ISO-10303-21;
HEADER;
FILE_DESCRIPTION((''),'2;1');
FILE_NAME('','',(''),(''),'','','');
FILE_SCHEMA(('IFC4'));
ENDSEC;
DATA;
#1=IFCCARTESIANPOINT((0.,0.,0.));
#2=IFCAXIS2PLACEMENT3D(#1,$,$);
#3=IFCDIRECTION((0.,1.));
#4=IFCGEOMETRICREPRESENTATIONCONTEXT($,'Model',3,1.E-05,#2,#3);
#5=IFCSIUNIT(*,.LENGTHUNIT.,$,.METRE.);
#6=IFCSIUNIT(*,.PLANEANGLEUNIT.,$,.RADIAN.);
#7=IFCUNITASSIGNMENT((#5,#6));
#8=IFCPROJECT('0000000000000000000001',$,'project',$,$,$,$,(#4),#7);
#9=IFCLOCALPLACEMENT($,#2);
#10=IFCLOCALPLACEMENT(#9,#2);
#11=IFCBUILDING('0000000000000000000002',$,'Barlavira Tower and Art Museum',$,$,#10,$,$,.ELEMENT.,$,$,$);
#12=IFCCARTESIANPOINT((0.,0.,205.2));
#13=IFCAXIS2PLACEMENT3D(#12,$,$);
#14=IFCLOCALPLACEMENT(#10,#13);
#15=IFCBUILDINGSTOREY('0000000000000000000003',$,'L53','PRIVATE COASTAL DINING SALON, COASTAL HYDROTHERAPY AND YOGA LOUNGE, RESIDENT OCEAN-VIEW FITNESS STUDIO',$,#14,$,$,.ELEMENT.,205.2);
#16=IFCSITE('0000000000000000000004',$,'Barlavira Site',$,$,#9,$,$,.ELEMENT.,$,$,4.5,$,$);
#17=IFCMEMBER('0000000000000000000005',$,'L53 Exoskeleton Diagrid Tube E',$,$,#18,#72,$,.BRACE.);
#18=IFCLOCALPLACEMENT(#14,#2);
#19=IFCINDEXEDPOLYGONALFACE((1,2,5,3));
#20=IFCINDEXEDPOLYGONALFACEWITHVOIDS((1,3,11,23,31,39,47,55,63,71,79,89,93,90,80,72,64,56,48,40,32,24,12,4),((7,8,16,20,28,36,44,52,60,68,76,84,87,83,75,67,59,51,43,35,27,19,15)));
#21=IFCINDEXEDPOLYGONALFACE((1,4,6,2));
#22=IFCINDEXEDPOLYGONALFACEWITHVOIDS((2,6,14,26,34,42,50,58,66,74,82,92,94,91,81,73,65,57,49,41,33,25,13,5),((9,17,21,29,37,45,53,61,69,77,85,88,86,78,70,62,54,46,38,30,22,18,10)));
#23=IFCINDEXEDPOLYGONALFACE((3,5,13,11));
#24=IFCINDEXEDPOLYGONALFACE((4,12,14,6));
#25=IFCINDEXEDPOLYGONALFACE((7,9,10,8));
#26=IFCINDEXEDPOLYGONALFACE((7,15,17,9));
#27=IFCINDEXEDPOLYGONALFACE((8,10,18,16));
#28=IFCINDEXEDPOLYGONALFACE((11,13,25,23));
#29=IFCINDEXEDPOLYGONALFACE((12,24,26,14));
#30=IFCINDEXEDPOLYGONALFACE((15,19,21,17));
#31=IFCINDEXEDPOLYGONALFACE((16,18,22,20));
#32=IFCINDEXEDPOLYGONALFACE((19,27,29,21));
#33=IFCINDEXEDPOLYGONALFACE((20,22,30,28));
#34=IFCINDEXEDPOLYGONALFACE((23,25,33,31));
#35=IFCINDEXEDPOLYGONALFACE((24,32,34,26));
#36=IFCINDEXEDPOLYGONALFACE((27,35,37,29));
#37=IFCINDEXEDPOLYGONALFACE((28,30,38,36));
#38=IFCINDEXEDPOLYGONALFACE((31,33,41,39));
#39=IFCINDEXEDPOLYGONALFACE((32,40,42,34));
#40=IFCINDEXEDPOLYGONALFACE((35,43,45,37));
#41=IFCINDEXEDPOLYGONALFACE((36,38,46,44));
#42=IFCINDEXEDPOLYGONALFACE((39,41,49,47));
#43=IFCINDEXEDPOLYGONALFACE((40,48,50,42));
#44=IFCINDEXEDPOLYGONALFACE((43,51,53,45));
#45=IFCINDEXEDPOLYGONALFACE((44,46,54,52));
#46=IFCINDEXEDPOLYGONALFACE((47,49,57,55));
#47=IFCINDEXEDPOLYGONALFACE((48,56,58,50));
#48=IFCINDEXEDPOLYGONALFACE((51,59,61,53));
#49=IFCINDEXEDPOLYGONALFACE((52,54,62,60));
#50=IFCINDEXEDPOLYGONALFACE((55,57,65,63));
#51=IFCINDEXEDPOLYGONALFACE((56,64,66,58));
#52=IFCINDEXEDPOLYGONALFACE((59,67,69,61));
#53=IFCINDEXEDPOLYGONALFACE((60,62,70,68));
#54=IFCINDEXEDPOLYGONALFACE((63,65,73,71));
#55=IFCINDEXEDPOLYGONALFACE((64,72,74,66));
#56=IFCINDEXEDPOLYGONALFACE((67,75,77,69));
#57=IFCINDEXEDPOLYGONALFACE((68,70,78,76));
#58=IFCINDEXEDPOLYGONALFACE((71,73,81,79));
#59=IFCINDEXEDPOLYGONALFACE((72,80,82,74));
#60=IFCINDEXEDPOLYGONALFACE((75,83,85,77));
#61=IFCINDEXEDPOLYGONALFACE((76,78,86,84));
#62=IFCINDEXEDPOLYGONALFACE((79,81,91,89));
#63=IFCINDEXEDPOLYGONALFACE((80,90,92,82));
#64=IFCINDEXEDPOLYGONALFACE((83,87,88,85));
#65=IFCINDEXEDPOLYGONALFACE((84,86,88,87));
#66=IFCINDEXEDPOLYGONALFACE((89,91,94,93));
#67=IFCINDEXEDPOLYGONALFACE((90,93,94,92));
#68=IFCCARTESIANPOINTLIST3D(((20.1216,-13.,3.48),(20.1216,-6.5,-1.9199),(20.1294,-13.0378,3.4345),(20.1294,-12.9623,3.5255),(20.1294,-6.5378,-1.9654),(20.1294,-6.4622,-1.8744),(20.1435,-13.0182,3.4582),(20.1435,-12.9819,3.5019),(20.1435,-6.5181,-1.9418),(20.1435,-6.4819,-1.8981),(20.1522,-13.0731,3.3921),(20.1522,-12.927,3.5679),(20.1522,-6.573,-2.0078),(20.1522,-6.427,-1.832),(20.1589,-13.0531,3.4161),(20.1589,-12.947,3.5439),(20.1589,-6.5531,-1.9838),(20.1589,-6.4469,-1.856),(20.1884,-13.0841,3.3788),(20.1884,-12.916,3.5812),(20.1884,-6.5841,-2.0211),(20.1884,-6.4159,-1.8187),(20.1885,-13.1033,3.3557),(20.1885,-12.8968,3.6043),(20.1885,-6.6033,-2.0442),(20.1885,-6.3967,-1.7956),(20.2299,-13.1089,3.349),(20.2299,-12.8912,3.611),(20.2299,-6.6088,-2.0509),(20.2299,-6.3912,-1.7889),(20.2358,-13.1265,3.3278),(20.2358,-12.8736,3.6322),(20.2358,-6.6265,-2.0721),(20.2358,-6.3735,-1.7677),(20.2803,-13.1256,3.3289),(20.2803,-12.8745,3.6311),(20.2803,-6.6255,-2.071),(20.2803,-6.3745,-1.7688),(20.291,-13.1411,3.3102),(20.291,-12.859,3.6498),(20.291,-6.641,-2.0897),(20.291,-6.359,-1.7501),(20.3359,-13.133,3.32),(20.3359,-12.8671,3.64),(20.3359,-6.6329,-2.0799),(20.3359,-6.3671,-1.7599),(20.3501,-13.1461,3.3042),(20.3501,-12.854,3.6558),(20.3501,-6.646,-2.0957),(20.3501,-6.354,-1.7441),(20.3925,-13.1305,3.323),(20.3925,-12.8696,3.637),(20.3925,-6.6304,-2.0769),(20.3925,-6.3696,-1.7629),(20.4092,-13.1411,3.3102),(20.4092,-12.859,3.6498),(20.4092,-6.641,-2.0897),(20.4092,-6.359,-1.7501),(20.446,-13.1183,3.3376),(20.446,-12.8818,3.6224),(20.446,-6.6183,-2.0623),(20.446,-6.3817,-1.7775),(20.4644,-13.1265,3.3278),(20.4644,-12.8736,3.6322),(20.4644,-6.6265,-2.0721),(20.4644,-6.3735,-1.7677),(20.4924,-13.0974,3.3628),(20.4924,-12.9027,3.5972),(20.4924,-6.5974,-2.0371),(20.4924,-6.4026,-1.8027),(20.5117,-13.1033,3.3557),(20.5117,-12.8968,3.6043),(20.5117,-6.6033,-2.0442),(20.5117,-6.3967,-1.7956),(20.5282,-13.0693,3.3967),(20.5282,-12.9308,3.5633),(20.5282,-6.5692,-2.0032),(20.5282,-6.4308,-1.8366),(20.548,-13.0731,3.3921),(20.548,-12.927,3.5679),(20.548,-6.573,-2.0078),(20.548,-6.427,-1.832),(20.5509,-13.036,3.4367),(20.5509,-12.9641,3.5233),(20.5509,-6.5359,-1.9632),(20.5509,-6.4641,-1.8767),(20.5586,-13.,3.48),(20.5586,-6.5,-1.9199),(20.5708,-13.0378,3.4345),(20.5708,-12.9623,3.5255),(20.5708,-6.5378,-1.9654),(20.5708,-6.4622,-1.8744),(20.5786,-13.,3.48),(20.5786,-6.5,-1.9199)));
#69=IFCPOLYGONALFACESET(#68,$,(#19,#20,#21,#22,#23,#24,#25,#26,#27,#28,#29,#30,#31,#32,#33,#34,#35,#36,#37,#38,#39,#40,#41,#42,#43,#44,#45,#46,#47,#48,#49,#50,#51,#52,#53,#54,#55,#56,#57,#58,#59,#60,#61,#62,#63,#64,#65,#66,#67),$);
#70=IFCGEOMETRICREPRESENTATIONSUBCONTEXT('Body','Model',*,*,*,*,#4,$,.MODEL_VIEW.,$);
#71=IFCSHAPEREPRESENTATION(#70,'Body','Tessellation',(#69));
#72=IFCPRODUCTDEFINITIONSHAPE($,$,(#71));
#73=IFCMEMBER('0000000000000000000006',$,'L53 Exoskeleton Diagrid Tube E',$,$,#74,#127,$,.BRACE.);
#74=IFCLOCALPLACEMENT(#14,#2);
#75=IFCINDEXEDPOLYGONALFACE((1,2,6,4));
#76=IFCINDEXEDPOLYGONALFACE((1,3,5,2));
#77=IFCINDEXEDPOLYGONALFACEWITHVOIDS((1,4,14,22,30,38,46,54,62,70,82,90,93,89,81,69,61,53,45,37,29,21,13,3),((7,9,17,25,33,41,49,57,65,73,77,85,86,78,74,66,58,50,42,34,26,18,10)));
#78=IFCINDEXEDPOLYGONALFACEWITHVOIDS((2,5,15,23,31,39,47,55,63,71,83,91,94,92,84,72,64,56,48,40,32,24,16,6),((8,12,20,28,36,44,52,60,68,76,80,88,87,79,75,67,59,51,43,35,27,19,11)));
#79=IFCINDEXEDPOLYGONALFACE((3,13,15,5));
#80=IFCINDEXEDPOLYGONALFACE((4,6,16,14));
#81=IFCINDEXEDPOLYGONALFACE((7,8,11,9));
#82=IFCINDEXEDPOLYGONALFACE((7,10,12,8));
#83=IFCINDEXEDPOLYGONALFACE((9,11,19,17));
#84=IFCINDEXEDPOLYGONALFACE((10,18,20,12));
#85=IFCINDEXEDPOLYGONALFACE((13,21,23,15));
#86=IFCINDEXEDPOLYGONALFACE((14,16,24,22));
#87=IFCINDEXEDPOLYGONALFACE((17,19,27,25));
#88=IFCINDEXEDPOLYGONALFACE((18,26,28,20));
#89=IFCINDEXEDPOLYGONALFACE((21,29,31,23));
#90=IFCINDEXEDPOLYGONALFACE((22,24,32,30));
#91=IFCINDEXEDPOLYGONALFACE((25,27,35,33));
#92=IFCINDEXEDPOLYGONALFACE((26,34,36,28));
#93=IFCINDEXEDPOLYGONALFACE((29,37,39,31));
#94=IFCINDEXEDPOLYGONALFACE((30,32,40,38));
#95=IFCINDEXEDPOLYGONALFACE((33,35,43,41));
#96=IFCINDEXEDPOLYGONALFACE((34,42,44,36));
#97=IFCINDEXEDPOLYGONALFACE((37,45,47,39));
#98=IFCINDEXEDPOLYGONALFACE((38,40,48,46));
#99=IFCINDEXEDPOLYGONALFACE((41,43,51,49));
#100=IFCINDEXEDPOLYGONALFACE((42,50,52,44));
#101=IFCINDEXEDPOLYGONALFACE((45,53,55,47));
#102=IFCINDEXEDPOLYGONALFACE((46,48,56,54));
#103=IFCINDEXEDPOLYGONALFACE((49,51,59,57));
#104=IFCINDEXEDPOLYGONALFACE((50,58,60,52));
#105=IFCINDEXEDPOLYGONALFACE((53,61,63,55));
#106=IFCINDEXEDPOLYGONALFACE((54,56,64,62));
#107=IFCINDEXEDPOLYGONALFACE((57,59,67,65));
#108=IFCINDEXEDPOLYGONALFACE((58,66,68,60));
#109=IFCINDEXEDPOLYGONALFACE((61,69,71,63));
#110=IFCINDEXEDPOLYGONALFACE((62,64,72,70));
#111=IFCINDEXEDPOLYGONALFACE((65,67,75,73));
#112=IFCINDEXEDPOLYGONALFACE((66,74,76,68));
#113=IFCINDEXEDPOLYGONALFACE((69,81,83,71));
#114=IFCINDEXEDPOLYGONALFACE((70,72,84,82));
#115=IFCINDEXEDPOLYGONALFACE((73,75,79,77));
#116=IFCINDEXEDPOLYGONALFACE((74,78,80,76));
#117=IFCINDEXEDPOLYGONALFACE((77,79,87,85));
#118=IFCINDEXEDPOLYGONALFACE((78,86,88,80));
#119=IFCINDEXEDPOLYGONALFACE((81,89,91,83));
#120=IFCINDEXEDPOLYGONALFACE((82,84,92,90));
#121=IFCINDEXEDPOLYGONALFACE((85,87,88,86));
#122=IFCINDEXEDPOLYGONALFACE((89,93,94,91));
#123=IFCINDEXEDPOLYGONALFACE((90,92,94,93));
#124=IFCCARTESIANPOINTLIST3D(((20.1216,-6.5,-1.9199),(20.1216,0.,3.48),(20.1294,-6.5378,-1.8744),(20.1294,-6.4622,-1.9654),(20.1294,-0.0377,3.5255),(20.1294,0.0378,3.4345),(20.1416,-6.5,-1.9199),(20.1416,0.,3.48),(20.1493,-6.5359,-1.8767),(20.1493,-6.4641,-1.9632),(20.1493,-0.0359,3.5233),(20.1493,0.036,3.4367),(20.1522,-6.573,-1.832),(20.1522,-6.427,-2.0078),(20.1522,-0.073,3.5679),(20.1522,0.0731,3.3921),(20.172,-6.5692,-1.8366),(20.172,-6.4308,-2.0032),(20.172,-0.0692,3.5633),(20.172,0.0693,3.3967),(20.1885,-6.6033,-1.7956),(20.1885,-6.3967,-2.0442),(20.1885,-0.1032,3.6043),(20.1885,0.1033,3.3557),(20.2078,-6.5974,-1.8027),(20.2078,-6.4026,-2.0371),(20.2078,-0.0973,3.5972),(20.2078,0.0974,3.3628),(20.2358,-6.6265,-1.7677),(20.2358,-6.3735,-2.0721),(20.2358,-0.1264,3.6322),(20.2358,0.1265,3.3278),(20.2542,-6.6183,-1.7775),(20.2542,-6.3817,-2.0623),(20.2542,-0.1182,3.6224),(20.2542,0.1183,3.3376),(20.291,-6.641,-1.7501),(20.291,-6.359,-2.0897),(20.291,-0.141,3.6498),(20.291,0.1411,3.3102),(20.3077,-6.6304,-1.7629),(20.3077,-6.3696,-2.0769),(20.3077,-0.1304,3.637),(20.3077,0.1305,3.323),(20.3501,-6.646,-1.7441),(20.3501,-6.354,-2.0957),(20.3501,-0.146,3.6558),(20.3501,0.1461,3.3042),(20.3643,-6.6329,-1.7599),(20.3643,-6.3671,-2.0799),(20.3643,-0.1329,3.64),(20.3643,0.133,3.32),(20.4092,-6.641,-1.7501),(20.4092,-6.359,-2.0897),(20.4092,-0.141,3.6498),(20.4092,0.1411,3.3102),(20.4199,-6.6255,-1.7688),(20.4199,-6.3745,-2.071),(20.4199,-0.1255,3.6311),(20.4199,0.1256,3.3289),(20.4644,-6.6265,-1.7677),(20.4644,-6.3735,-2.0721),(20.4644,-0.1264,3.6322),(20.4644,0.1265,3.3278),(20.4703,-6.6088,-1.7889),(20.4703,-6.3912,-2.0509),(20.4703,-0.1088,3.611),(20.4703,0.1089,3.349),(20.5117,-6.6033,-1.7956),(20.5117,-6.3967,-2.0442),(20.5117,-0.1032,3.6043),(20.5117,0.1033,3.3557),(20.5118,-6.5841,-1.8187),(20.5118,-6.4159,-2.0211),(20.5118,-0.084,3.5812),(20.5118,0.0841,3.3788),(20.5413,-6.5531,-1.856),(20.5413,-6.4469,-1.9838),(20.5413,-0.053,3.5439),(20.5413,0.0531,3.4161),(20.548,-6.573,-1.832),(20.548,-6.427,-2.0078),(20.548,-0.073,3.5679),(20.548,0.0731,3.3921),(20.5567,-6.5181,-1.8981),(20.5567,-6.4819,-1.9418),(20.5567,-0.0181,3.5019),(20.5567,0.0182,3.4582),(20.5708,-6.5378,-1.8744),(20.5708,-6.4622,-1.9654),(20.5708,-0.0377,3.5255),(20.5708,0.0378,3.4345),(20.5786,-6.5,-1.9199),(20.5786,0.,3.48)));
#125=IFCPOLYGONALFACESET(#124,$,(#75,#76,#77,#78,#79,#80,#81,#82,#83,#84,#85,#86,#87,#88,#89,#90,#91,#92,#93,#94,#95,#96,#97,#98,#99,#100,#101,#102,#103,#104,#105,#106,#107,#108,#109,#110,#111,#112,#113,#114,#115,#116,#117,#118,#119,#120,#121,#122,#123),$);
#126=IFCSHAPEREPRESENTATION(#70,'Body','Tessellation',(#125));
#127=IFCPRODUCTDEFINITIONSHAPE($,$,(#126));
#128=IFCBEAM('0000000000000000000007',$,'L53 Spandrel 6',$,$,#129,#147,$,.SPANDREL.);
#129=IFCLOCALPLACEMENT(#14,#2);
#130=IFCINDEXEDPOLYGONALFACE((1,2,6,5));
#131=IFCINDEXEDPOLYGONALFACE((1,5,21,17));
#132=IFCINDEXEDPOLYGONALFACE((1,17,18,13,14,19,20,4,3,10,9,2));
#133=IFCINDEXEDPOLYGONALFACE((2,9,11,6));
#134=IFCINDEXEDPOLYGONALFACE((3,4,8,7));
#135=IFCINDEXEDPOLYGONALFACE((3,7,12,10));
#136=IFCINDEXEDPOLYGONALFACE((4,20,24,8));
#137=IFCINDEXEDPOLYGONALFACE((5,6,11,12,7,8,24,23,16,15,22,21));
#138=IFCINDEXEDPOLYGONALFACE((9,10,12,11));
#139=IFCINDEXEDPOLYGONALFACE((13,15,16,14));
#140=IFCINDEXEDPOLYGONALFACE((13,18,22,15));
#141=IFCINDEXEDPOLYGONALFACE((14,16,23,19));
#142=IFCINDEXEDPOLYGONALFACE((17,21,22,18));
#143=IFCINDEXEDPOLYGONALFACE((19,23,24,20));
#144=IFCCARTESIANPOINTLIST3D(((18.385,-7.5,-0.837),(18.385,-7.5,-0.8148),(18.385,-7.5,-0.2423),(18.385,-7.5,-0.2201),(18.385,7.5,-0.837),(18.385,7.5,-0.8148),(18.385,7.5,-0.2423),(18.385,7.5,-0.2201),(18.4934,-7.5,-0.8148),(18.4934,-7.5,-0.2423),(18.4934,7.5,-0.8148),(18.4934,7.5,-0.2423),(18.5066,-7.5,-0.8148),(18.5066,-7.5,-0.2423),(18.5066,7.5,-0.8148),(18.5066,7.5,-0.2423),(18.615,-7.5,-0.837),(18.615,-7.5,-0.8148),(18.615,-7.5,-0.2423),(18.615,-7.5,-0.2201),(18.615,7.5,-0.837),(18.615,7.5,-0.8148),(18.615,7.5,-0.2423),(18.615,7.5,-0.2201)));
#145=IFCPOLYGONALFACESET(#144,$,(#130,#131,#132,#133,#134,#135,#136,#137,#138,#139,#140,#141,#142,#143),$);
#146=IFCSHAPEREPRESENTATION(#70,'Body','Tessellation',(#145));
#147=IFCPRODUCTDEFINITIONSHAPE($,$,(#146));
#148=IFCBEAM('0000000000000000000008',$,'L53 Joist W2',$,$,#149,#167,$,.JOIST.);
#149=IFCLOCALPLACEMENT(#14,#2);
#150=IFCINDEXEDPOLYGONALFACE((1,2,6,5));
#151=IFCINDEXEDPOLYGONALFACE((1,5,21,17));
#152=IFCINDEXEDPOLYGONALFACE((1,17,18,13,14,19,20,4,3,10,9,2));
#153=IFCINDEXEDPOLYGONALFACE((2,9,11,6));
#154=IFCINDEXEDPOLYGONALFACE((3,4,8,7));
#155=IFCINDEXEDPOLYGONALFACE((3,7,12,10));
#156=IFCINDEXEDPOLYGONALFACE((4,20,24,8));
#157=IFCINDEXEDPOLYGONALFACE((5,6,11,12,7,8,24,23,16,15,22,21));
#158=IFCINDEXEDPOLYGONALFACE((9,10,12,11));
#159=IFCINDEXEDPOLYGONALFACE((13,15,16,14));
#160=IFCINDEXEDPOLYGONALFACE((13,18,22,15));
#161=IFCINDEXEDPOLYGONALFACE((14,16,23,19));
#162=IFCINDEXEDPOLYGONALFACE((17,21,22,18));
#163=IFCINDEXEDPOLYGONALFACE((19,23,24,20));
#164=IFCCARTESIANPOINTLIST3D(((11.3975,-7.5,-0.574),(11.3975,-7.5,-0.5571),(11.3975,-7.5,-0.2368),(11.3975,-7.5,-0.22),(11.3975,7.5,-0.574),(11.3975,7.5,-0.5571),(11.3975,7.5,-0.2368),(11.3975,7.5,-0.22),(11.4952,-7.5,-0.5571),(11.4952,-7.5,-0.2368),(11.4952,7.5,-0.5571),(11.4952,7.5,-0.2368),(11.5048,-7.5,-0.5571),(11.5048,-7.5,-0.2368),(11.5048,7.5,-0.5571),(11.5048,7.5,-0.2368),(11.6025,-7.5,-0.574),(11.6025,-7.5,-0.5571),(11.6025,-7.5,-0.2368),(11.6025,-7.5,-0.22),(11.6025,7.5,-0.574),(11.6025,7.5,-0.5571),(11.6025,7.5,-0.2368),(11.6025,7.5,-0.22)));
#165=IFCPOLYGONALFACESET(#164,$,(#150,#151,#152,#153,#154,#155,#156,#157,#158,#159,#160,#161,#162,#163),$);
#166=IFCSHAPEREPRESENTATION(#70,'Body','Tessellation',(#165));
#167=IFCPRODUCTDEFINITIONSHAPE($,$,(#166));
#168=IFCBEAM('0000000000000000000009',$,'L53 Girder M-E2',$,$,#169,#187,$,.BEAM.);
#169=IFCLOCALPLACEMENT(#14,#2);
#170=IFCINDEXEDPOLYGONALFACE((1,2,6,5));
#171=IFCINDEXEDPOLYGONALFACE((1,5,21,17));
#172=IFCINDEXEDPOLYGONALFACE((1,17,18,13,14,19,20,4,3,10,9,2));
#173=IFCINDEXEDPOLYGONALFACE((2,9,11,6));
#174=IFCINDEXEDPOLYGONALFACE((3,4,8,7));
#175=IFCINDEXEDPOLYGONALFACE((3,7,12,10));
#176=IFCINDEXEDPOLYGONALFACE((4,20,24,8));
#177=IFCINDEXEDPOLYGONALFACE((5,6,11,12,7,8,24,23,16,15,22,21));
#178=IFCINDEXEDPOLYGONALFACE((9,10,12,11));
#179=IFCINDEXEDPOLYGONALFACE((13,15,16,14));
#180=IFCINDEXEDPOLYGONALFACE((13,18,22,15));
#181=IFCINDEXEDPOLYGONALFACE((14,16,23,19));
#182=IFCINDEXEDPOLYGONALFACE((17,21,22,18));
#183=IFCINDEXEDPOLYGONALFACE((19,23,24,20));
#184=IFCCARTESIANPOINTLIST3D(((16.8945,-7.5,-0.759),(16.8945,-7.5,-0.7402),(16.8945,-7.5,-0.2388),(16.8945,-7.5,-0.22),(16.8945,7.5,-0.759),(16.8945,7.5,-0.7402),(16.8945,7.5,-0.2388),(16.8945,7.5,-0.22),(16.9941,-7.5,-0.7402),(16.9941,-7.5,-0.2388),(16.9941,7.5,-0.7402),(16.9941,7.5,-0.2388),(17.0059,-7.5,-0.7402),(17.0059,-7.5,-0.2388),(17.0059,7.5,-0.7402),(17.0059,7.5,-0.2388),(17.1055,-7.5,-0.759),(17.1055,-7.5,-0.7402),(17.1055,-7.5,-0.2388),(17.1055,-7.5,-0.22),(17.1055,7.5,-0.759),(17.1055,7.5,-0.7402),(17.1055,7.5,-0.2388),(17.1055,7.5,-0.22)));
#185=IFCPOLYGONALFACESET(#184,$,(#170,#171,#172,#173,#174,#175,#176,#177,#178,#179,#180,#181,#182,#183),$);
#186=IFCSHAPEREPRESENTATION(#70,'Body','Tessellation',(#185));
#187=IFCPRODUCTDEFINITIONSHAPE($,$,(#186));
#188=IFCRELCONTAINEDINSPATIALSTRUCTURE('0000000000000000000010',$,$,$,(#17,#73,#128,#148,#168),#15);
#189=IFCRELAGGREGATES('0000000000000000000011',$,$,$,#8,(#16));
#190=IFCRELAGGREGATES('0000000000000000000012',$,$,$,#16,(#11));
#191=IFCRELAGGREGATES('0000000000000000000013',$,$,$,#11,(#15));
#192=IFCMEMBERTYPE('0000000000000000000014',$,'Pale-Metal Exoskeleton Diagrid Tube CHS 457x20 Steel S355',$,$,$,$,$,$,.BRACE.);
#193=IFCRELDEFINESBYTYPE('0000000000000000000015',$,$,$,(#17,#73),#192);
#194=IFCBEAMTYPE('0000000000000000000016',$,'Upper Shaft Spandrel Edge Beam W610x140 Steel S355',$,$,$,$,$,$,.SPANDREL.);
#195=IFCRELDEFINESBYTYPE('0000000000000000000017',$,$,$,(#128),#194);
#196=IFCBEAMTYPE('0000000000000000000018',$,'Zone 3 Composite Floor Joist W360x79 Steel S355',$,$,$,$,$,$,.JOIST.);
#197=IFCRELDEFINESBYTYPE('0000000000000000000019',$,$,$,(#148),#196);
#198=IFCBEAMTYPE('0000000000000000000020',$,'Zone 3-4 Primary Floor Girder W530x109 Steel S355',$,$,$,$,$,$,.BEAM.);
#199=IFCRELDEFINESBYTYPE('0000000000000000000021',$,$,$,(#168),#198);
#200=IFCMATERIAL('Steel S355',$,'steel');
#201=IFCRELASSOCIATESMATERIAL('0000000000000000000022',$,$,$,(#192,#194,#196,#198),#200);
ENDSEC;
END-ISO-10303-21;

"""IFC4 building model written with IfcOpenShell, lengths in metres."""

from ifc_helpers import new_model, si_unit, direction, frame, origin, origin_2d, place, context, subcontext, project, spatial, hollow_circle, i_section, extrude, material, material_profile, profile_set, type_object, element, save


model = new_model("IFC4")

# Units and contexts
model_context = context("Model", 3, precision=1e-05, world=origin(), true_north=direction((0.0, 1.0)))
body_context = subcontext(model_context, "Body", "Model", "MODEL_VIEW")
ifc_project = project(units=[si_unit("LENGTHUNIT", "METRE"), si_unit("PLANEANGLEUNIT", "RADIAN")], contexts=[model_context])

# Site, building, storey
site_placement = place(None, origin())
site = spatial("IfcSite", under=ifc_project, at=site_placement, Name="Barlavira Site", CompositionType="ELEMENT", RefElevation=4.5)
building_placement = place(site_placement, origin())
building = spatial("IfcBuilding", under=site, at=building_placement, Name="Barlavira Tower and Art Museum", CompositionType="ELEMENT")
storey_placement = place(building_placement, frame((0.0, 0.0, 205.2)))
storey = spatial("IfcBuildingStorey", under=building, at=storey_placement, Name="L53", Description="PRIVATE COASTAL DINING SALON, COASTAL HYDROTHERAPY AND YOGA LOUNGE, RESIDENT OCEAN-VIEW FITNESS STUDIO", CompositionType="ELEMENT", Elevation=205.2)

# Members
ifc_material_1 = material(Name="Steel S355", Category="steel")
ifc_material_profile_1 = material_profile(ifc_material_1, hollow_circle(Radius=0.2285, WallThickness=0.02, at=origin_2d()), Name="CHS 457.0x20.0")
ifc_profile_set_1 = profile_set([ifc_material_profile_1], Name="Steel S355")
member_type_1 = type_object("IfcMemberType", Name="Pale-Metal Exoskeleton Diagrid Tube CHS 457x20 Steel S355", PredefinedType="BRACE", material=ifc_profile_set_1)
for number, where, z_axis, x_axis, name in (
    (1, (20.3501, -6.5, -1.9199), (0.0, -0.769196, 0.639013), (1.0, 0.0, 0.0), "L53 Exoskeleton Diagrid Tube E"),
    (2, (20.3501, -6.5, -1.9199), (0.0, 0.769196, 0.639013), (-1.0, 0.0, 0.0), "L53 Exoskeleton Diagrid Tube E"),
):
    element("IfcMember", number, at=place(storey_placement, frame(where, z_axis=z_axis, x_axis=x_axis)), inside=storey, type_object=member_type_1, Name=name, PredefinedType="BRACE", context=body_context, shape_type="SweptSolid", body=[
        extrude(hollow_circle(Radius=0.2285, WallThickness=0.02, at=origin_2d()), origin(), (0.0, 0.0, 1.0), 8.4504),
    ])

# Beams
ifc_material_profile_2 = material_profile(ifc_material_1, i_section(OverallWidth=0.23, OverallDepth=0.6169, WebThickness=0.0132, FlangeThickness=0.0222, at=origin_2d()), Name="W610x140.0")
ifc_profile_set_2 = profile_set([ifc_material_profile_2], Name="Steel S355")
beam_type_1 = type_object("IfcBeamType", Name="Upper Shaft Spandrel Edge Beam W610x140 Steel S355", PredefinedType="SPANDREL", material=ifc_profile_set_2)
beam_1_placement = place(storey_placement, frame((18.5, -7.5, -0.5286), z_axis=(0.0, 1.0, 0.0), x_axis=(-1.0, 0.0, 0.0)))
element("IfcBeam", 3, at=beam_1_placement, inside=storey, type_object=beam_type_1, Name="L53 Spandrel 6", PredefinedType="SPANDREL", context=body_context, shape_type="SweptSolid", body=[
    extrude(i_section(OverallWidth=0.23, OverallDepth=0.6169, WebThickness=0.0132, FlangeThickness=0.0222, at=origin_2d()), origin(), (0.0, 0.0, 1.0), 15.0),
])
ifc_material_profile_3 = material_profile(ifc_material_1, i_section(OverallWidth=0.2051, OverallDepth=0.354, WebThickness=0.0095, FlangeThickness=0.0168, at=origin_2d()), Name="W360x79.0")
ifc_profile_set_3 = profile_set([ifc_material_profile_3], Name="Steel S355")
beam_type_2 = type_object("IfcBeamType", Name="Zone 3 Composite Floor Joist W360x79 Steel S355", PredefinedType="JOIST", material=ifc_profile_set_3)
beam_2_placement = place(storey_placement, frame((11.5, -7.5, -0.397), z_axis=(0.0, 1.0, 0.0), x_axis=(-1.0, 0.0, 0.0)))
element("IfcBeam", 4, at=beam_2_placement, inside=storey, type_object=beam_type_2, Name="L53 Joist W2", PredefinedType="JOIST", context=body_context, shape_type="SweptSolid", body=[
    extrude(i_section(OverallWidth=0.2051, OverallDepth=0.354, WebThickness=0.0095, FlangeThickness=0.0168, at=origin_2d()), origin(), (0.0, 0.0, 1.0), 15.0),
])
ifc_material_profile_4 = material_profile(ifc_material_1, i_section(OverallWidth=0.2109, OverallDepth=0.5391, WebThickness=0.0117, FlangeThickness=0.0188, at=origin_2d()), Name="W530x109.0")
ifc_profile_set_4 = profile_set([ifc_material_profile_4], Name="Steel S355")
beam_type_3 = type_object("IfcBeamType", Name="Zone 3-4 Primary Floor Girder W530x109 Steel S355", PredefinedType="BEAM", material=ifc_profile_set_4)
beam_3_placement = place(storey_placement, frame((17.0, -7.5, -0.4895), z_axis=(0.0, 1.0, 0.0), x_axis=(-1.0, 0.0, 0.0)))
element("IfcBeam", 5, at=beam_3_placement, inside=storey, type_object=beam_type_3, Name="L53 Girder M-E2", PredefinedType="BEAM", context=body_context, shape_type="SweptSolid", body=[
    extrude(i_section(OverallWidth=0.2109, OverallDepth=0.5391, WebThickness=0.0117, FlangeThickness=0.0188, at=origin_2d()), origin(), (0.0, 0.0, 1.0), 15.0),
])

save(model, "model.ifc")
